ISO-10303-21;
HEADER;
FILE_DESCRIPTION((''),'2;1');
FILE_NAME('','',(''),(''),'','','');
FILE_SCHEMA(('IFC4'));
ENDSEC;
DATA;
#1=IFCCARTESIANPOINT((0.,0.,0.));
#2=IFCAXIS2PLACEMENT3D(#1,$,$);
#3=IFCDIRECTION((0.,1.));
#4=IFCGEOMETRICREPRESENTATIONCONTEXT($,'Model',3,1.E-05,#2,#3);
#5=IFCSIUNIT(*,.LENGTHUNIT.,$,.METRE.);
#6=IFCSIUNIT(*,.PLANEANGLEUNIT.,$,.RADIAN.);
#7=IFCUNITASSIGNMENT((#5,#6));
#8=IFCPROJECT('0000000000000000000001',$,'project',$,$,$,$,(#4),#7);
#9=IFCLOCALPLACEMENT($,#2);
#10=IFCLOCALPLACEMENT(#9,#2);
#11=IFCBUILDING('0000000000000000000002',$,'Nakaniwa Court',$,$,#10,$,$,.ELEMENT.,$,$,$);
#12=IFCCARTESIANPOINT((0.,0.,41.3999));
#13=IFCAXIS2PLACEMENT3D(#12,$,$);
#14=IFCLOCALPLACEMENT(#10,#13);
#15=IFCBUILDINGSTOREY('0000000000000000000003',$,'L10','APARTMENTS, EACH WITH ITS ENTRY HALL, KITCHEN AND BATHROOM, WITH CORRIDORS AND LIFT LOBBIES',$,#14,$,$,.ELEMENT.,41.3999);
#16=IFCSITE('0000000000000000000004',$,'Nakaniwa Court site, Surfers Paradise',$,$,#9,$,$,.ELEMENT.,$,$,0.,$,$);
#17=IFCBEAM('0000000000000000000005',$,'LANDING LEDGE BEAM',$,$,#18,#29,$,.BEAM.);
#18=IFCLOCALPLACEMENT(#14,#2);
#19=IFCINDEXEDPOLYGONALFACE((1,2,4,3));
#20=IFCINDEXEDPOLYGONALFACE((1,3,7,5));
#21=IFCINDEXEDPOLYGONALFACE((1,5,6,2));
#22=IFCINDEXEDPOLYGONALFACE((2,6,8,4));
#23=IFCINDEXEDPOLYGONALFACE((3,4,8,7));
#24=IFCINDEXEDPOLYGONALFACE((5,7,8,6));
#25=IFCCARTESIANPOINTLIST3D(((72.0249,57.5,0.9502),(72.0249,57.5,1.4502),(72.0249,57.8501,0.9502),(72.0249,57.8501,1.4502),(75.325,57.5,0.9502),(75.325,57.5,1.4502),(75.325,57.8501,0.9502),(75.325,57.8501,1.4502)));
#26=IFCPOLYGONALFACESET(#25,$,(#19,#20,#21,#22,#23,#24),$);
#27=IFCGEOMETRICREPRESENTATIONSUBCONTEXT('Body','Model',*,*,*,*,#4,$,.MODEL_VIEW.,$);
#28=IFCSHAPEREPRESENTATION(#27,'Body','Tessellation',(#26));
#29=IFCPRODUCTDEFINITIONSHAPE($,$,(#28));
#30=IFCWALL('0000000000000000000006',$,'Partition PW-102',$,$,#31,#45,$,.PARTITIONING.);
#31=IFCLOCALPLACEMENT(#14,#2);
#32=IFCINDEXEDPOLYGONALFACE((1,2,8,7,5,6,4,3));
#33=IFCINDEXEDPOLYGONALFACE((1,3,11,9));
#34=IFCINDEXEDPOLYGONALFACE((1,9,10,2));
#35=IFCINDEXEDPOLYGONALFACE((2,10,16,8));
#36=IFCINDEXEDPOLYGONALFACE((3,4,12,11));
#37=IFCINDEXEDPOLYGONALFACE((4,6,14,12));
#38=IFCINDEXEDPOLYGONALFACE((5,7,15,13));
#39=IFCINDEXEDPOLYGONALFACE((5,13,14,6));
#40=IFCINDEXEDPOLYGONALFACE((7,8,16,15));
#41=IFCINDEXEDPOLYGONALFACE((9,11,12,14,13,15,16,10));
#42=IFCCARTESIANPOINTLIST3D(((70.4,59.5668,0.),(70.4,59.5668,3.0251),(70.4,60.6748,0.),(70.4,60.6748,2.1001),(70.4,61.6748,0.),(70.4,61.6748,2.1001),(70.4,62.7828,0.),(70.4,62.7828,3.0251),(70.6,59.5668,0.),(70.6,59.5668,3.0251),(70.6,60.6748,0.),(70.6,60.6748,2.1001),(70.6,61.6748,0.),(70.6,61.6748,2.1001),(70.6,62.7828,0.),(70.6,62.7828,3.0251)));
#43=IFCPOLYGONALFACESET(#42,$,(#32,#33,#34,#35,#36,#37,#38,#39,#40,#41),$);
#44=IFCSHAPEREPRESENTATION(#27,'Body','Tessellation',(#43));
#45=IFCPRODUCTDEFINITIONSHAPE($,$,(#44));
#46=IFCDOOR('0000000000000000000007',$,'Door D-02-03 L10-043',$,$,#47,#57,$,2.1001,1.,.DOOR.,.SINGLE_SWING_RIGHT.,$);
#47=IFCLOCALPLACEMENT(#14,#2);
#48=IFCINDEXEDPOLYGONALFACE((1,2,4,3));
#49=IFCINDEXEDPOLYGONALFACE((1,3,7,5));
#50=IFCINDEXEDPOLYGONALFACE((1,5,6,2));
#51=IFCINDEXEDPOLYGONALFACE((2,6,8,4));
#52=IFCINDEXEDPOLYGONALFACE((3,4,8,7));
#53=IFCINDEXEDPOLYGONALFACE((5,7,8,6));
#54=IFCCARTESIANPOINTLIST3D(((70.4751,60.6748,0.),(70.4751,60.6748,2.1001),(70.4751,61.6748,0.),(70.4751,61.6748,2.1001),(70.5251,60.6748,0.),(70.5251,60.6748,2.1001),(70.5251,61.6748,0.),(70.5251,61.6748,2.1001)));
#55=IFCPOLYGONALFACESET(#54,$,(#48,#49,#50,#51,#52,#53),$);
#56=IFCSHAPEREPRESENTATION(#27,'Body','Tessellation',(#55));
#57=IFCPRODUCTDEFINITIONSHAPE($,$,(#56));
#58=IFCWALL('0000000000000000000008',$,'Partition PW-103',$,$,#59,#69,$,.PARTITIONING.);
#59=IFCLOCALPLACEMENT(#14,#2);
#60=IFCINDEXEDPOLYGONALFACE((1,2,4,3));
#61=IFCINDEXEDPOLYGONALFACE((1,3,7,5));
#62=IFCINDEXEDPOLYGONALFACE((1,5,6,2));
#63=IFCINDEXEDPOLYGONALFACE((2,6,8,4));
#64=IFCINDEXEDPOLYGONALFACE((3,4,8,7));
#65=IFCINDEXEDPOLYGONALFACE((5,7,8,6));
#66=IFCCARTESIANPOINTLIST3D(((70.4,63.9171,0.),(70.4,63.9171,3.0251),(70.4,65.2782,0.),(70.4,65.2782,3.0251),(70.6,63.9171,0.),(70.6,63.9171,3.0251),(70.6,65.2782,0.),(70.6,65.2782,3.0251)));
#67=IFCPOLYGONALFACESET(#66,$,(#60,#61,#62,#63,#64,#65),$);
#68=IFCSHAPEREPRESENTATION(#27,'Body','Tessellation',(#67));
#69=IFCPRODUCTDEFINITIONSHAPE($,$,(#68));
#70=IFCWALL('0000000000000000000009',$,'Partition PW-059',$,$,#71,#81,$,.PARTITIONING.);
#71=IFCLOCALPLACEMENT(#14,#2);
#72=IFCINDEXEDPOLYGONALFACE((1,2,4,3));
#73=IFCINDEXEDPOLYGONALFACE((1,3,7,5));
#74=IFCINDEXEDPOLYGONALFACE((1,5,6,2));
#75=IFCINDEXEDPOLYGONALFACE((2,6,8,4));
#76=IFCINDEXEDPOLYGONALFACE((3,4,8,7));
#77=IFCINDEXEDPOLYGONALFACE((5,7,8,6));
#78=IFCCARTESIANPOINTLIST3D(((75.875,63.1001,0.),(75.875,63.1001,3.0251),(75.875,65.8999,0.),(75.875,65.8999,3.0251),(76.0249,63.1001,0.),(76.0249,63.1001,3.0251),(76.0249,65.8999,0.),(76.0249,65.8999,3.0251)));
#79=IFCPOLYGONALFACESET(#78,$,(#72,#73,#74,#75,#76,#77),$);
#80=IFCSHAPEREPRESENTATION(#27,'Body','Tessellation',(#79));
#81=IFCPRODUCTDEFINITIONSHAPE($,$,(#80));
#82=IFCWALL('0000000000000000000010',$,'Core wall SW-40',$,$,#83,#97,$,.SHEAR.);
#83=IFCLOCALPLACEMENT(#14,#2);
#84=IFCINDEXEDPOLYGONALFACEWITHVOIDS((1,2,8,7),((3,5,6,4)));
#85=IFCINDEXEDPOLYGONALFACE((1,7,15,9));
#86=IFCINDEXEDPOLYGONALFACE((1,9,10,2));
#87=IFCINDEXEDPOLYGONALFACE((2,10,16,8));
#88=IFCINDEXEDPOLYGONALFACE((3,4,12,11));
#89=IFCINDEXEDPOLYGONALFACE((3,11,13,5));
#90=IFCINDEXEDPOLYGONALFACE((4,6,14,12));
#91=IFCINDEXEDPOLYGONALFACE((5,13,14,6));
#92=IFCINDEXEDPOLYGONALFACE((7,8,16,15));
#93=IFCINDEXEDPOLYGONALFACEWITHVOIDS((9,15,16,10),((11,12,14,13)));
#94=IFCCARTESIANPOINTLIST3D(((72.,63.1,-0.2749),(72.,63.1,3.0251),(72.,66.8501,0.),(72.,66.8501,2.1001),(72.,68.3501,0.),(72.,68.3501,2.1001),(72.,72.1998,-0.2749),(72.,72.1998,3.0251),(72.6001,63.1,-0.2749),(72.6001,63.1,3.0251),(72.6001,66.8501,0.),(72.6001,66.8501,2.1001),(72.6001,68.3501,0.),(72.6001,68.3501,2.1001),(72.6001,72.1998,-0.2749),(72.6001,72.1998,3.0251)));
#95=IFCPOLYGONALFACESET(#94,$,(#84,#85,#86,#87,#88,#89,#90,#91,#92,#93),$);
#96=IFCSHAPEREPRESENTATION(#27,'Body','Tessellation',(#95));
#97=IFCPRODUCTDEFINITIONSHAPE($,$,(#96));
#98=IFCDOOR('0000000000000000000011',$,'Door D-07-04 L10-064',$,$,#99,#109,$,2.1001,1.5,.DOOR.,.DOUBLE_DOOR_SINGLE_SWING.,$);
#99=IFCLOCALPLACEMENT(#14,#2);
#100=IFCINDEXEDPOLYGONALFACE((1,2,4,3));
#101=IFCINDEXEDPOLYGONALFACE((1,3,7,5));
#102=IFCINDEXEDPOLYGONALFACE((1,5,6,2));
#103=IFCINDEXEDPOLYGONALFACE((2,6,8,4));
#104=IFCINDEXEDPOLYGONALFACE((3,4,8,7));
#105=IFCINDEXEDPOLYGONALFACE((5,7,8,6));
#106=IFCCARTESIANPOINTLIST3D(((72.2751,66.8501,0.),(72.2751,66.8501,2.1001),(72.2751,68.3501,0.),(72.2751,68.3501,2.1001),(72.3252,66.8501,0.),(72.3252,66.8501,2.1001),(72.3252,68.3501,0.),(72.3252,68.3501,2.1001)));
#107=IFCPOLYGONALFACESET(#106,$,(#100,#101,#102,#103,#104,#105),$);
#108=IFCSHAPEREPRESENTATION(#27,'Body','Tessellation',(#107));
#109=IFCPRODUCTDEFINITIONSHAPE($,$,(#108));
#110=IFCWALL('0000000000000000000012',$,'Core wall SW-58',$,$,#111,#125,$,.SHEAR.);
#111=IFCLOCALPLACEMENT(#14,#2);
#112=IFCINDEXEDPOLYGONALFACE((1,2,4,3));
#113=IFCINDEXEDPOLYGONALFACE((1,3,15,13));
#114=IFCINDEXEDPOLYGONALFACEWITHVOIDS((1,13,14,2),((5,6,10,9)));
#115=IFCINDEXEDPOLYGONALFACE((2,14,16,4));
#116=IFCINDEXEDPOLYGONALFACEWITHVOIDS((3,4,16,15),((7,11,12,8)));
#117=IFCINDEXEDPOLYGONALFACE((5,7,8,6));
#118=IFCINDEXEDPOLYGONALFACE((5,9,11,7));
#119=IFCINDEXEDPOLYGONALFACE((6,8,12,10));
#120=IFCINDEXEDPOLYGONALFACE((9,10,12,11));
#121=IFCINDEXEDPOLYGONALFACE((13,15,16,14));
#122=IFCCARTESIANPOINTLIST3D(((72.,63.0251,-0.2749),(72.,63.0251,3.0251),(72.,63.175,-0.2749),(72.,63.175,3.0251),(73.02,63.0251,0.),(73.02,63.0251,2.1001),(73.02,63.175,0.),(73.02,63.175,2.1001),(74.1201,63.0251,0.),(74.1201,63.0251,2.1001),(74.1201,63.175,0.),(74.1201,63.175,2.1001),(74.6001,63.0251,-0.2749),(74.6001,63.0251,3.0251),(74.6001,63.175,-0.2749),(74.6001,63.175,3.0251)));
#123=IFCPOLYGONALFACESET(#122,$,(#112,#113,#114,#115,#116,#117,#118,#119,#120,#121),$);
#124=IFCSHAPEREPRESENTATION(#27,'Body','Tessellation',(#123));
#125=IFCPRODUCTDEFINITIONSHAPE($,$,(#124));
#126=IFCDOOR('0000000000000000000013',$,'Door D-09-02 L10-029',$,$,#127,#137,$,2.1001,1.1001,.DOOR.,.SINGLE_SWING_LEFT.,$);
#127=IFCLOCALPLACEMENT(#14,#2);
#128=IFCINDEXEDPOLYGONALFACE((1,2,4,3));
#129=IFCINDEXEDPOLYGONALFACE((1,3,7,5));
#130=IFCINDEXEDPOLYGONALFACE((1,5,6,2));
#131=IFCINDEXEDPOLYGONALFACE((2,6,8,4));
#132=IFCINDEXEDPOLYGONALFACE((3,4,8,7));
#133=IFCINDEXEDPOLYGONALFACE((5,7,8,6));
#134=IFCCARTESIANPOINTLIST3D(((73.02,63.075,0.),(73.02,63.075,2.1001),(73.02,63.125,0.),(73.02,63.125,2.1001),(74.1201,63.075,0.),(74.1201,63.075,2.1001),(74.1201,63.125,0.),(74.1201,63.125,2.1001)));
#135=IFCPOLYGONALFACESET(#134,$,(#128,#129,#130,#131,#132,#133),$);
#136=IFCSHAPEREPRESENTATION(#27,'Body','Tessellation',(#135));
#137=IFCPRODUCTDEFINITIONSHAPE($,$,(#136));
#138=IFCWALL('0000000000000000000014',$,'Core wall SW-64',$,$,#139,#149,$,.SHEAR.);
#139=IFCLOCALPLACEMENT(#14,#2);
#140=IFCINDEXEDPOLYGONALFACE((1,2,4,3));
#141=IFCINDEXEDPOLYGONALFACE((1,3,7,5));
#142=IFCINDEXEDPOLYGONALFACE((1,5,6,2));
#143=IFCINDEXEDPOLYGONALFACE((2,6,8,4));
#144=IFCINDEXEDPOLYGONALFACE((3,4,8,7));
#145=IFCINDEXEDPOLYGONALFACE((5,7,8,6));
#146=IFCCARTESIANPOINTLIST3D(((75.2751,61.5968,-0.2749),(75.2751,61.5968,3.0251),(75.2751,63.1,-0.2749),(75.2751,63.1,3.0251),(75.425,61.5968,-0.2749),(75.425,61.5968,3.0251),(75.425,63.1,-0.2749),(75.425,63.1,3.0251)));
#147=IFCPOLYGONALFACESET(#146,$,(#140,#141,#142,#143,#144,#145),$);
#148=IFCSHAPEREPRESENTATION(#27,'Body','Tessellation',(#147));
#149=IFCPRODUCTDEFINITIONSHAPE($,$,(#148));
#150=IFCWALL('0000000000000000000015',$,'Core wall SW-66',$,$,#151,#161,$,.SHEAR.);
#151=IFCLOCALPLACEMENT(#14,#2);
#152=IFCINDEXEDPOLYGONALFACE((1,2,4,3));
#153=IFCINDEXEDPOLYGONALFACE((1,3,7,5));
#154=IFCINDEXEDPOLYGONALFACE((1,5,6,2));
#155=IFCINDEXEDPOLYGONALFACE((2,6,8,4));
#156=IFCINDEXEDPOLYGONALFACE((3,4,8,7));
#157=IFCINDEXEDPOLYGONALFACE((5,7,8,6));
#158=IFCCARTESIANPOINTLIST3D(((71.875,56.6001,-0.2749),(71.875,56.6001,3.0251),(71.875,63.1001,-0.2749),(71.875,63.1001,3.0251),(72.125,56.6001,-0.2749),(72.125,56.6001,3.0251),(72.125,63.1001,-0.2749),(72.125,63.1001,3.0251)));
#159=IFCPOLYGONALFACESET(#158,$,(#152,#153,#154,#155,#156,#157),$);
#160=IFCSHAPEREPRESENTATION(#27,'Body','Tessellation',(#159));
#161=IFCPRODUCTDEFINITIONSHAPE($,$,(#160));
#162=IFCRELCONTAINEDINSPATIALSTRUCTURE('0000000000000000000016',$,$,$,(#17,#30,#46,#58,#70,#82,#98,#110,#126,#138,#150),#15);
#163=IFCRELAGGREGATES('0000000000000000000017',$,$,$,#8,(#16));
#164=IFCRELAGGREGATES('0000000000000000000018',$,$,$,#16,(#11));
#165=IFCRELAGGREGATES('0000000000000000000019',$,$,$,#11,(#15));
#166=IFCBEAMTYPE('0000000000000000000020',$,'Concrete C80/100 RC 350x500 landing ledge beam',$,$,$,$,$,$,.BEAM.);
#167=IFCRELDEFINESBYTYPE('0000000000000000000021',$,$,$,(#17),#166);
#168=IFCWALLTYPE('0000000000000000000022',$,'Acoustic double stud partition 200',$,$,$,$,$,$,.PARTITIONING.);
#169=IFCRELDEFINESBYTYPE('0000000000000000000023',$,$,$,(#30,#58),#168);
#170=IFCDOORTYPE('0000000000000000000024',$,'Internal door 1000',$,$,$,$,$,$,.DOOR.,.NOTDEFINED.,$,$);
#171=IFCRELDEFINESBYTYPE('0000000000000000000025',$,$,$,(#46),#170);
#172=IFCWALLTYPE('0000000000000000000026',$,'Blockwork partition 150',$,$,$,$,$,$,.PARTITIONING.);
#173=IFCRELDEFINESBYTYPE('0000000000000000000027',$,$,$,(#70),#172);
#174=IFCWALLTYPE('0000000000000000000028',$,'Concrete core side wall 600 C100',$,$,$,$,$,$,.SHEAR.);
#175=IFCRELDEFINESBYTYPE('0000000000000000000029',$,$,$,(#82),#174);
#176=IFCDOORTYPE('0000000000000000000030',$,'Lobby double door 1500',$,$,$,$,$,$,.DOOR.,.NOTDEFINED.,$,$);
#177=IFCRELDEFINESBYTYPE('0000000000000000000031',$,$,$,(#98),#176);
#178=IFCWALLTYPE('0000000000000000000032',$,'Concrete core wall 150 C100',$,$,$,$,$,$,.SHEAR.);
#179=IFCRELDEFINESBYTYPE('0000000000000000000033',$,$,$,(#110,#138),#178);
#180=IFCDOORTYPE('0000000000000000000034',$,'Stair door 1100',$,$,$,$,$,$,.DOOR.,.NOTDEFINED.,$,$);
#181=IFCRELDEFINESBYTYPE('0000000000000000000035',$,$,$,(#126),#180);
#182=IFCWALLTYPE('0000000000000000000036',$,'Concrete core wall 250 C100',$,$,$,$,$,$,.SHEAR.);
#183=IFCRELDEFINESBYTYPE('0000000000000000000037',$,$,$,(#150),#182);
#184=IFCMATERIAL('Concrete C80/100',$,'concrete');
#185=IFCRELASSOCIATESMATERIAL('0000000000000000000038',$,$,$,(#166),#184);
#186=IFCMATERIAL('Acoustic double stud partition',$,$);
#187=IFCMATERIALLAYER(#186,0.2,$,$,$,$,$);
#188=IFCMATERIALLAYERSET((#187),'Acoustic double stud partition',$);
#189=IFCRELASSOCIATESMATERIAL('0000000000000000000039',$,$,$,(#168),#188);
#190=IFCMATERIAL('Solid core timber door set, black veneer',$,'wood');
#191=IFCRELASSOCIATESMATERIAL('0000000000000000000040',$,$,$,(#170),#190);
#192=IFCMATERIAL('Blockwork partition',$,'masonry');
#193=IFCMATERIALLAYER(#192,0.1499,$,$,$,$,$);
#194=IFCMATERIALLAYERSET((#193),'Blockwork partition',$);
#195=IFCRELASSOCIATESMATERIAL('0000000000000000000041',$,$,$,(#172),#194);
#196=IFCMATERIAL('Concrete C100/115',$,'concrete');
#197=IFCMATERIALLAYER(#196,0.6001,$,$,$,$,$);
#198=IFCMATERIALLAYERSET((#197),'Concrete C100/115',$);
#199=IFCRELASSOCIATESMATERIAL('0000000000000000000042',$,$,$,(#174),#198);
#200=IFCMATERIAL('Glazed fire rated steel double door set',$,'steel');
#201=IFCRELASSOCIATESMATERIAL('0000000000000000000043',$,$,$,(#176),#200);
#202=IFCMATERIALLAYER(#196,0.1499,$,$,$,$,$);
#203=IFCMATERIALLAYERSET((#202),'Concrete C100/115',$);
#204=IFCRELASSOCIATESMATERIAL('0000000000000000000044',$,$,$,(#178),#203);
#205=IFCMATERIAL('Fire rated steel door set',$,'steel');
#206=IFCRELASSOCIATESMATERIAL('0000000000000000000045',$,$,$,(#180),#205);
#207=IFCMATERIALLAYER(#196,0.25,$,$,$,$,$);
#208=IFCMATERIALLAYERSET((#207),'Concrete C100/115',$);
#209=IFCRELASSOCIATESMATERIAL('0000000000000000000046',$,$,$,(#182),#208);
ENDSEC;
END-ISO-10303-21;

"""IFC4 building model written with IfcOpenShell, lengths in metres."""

from ifc_helpers import new_model, si_unit, direction, frame, frame_2d, origin, origin_2d, place, context, subcontext, project, spatial, rectangle, extrude, material, layer, layer_set, material_profile, profile_set, type_object, element, fill, save


model = new_model("IFC4")

# Units and contexts
model_context = context("Model", 3, precision=1e-05, world=origin(), true_north=direction((0.0, 1.0)))
body_context = subcontext(model_context, "Body", "Model", "MODEL_VIEW")
ifc_project = project(units=[si_unit("LENGTHUNIT", "METRE"), si_unit("PLANEANGLEUNIT", "RADIAN")], contexts=[model_context])

# Site, building, storey
site_placement = place(None, origin())
site = spatial("IfcSite", under=ifc_project, at=site_placement, Name="Nakaniwa Court site, Surfers Paradise", CompositionType="ELEMENT", RefElevation=0.0)
building_placement = place(site_placement, origin())
building = spatial("IfcBuilding", under=site, at=building_placement, Name="Nakaniwa Court", CompositionType="ELEMENT")
storey_placement = place(building_placement, frame((0.0, 0.0, 41.3999)))
storey = spatial("IfcBuildingStorey", under=building, at=storey_placement, Name="L10", Description="APARTMENTS, EACH WITH ITS ENTRY HALL, KITCHEN AND BATHROOM, WITH CORRIDORS AND LIFT LOBBIES", CompositionType="ELEMENT", Elevation=41.3999)

# Beam
ifc_material_1 = material(Name="Concrete C80/100", Category="concrete")
ifc_material_profile = material_profile(ifc_material_1, rectangle(XDim=0.3501, YDim=0.5, at=origin_2d()), Name="Concrete C80/100 RC 350x500 landing ledge beam")
ifc_profile_set = profile_set([ifc_material_profile], Name="Concrete C80/100")
beam_type = type_object("IfcBeamType", Name="Concrete C80/100 RC 350x500 landing ledge beam", PredefinedType="BEAM", material=ifc_profile_set)
beam_placement = place(storey_placement, frame((72.0249, 57.675, 1.2002), z_axis=(1.0, 0.0, 0.0), x_axis=(0.0, 1.0, 0.0)))
element("IfcBeam", 1, at=beam_placement, inside=storey, type_object=beam_type, Name="LANDING LEDGE BEAM", PredefinedType="BEAM", context=body_context, shape_type="SweptSolid", body=[
    extrude(rectangle(XDim=0.3501, YDim=0.5, at=origin_2d()), origin(), (0.0, 0.0, 1.0), 3.3),
])

# Wall, opening, door
ifc_material_2 = material(Name="Acoustic double stud partition")
ifc_layer_1 = layer(ifc_material_2, 0.2)
ifc_layer_set_1 = layer_set([ifc_layer_1], Name="Acoustic double stud partition")
wall_type_1 = type_object("IfcWallType", Name="Acoustic double stud partition 200", PredefinedType="PARTITIONING", material=ifc_layer_set_1)
wall_1_placement = place(storey_placement, frame((70.5, 59.5669, 0.0), z_axis=(0.0, 0.0, 1.0), x_axis=(0.0, 1.0, 0.0)))
wall_1 = element("IfcWall", 2, at=wall_1_placement, inside=storey, type_object=wall_type_1, Name="Partition PW-102", PredefinedType="PARTITIONING", context=body_context, shape_type="SweptSolid", body=[
    extrude(rectangle(XDim=3.2161, YDim=0.2, at=frame_2d((1.6079, 0.0))), origin(), (0.0, 0.0, 1.0), 3.0251),
])
opening_1_placement = place(wall_1_placement, frame((1.1079, 0.0, 0.0)))
opening_1 = element("IfcOpeningElement", 3, at=opening_1_placement, cuts=wall_1, PredefinedType="OPENING", context=body_context, shape_type="SweptSolid", body=[
    extrude(rectangle(XDim=1.0, YDim=2.1001, at=frame_2d((0.5, 1.05))), frame((0.0, 0.1099, 0.0), z_axis=(0.0, -1.0, 0.0), x_axis=(1.0, 0.0, 0.0)), (0.0, 0.0, 1.0), 0.22),
])
ifc_material_3 = material(Name="Solid core timber door set, black veneer", Category="wood")
door_type_1 = type_object("IfcDoorType", Name="Internal door 1000", OperationType="NOTDEFINED", PredefinedType="DOOR", material=ifc_material_3)
door_1_placement = place(opening_1_placement, origin())
door_1 = element("IfcDoor", 4, at=door_1_placement, inside=storey, type_object=door_type_1, Name="Door D-02-03 L10-043", OperationType="SINGLE_SWING_RIGHT", OverallHeight=2.1001, OverallWidth=1.0, PredefinedType="DOOR", context=body_context, shape_type="SweptSolid", body=[
    extrude(rectangle(XDim=1.0, YDim=2.1001, at=frame_2d((0.5, 1.05))), frame((0.0, 0.0249, 0.0), z_axis=(0.0, -1.0, 0.0), x_axis=(1.0, 0.0, 0.0)), (0.0, 0.0, 1.0), 0.05),
])
fill(opening_1, door_1)

# Walls
wall_2_placement = place(storey_placement, frame((70.5, 63.917, 0.0), z_axis=(0.0, 0.0, 1.0), x_axis=(0.0, 1.0, 0.0)))
element("IfcWall", 5, at=wall_2_placement, inside=storey, type_object=wall_type_1, Name="Partition PW-103", PredefinedType="PARTITIONING", context=body_context, shape_type="SweptSolid", body=[
    extrude(rectangle(XDim=1.3611, YDim=0.2, at=frame_2d((0.6807, 0.0))), origin(), (0.0, 0.0, 1.0), 3.0251),
])
ifc_material_4 = material(Name="Blockwork partition", Category="masonry")
ifc_layer_2 = layer(ifc_material_4, 0.1499)
ifc_layer_set_2 = layer_set([ifc_layer_2], Name="Blockwork partition")
wall_type_2 = type_object("IfcWallType", Name="Blockwork partition 150", PredefinedType="PARTITIONING", material=ifc_layer_set_2)
wall_3_placement = place(storey_placement, frame((75.95, 63.1001, 0.0), z_axis=(0.0, 0.0, 1.0), x_axis=(0.0, 1.0, 0.0)))
element("IfcWall", 6, at=wall_3_placement, inside=storey, type_object=wall_type_2, Name="Partition PW-059", PredefinedType="PARTITIONING", context=body_context, shape_type="SweptSolid", body=[
    extrude(rectangle(XDim=2.7998, YDim=0.1499, at=frame_2d((1.3999, 0.0))), origin(), (0.0, 0.0, 1.0), 3.0251),
])

# Walls, openings, doors
ifc_material_5 = material(Name="Concrete C100/115", Category="concrete")
ifc_layer_3 = layer(ifc_material_5, 0.6001)
ifc_layer_set_3 = layer_set([ifc_layer_3], Name="Concrete C100/115")
wall_type_3 = type_object("IfcWallType", Name="Concrete core side wall 600 C100", PredefinedType="SHEAR", material=ifc_layer_set_3)
wall_4_placement = place(storey_placement, frame((72.3, 63.1001, -0.2749), z_axis=(0.0, 0.0, 1.0), x_axis=(0.0, 1.0, 0.0)))
wall_4 = element("IfcWall", 7, at=wall_4_placement, inside=storey, type_object=wall_type_3, Name="Core wall SW-40", PredefinedType="SHEAR", context=body_context, shape_type="SweptSolid", body=[
    extrude(rectangle(XDim=9.0999, YDim=0.6001, at=frame_2d((4.5498, 0.0))), origin(), (0.0, 0.0, 1.0), 3.3),
])
opening_2_placement = place(wall_4_placement, frame((3.75, 0.0, 0.2749)))
opening_2 = element("IfcOpeningElement", 8, at=opening_2_placement, cuts=wall_4, PredefinedType="OPENING", context=body_context, shape_type="SweptSolid", body=[
    extrude(rectangle(XDim=1.5, YDim=2.1001, at=frame_2d((0.75, 1.05))), frame((0.0, 0.3101, 0.0), z_axis=(0.0, -1.0, 0.0), x_axis=(1.0, 0.0, 0.0)), (0.0, 0.0, 1.0), 0.6201),
])
ifc_material_6 = material(Name="Glazed fire rated steel double door set", Category="steel")
door_type_2 = type_object("IfcDoorType", Name="Lobby double door 1500", OperationType="NOTDEFINED", PredefinedType="DOOR", material=ifc_material_6)
door_2_placement = place(opening_2_placement, origin())
door_2 = element("IfcDoor", 9, at=door_2_placement, inside=storey, type_object=door_type_2, Name="Door D-07-04 L10-064", OperationType="DOUBLE_DOOR_SINGLE_SWING", OverallHeight=2.1001, OverallWidth=1.5, PredefinedType="DOOR", context=body_context, shape_type="SweptSolid", body=[
    extrude(rectangle(XDim=1.5, YDim=2.1001, at=frame_2d((0.75, 1.05))), frame((0.0, 0.0249, 0.0), z_axis=(0.0, -1.0, 0.0), x_axis=(1.0, 0.0, 0.0)), (0.0, 0.0, 1.0), 0.05),
])
fill(opening_2, door_2)
ifc_layer_4 = layer(ifc_material_5, 0.1499)
ifc_layer_set_4 = layer_set([ifc_layer_4], Name="Concrete C100/115")
wall_type_4 = type_object("IfcWallType", Name="Concrete core wall 150 C100", PredefinedType="SHEAR", material=ifc_layer_set_4)
wall_5_placement = place(storey_placement, frame((72.0, 63.1001, -0.2749), z_axis=(0.0, 0.0, 1.0), x_axis=(1.0, 0.0, 0.0)))
wall_5 = element("IfcWall", 10, at=wall_5_placement, inside=storey, type_object=wall_type_4, Name="Core wall SW-58", PredefinedType="SHEAR", context=body_context, shape_type="SweptSolid", body=[
    extrude(rectangle(XDim=2.6001, YDim=0.1499, at=frame_2d((1.3, 0.0))), origin(), (0.0, 0.0, 1.0), 3.3),
])
opening_3_placement = place(wall_5_placement, frame((1.02, 0.0, 0.2749)))
opening_3 = element("IfcOpeningElement", 11, at=opening_3_placement, cuts=wall_5, PredefinedType="OPENING", context=body_context, shape_type="SweptSolid", body=[
    extrude(rectangle(XDim=1.1001, YDim=2.1001, at=frame_2d((0.55, 1.05))), frame((0.0, 0.085, 0.0), z_axis=(0.0, -1.0, 0.0), x_axis=(1.0, 0.0, 0.0)), (0.0, 0.0, 1.0), 0.1699),
])
ifc_material_7 = material(Name="Fire rated steel door set", Category="steel")
door_type_3 = type_object("IfcDoorType", Name="Stair door 1100", OperationType="NOTDEFINED", PredefinedType="DOOR", material=ifc_material_7)
door_3_placement = place(opening_3_placement, origin())
door_3 = element("IfcDoor", 12, at=door_3_placement, inside=storey, type_object=door_type_3, Name="Door D-09-02 L10-029", OperationType="SINGLE_SWING_LEFT", OverallHeight=2.1001, OverallWidth=1.1001, PredefinedType="DOOR", context=body_context, shape_type="SweptSolid", body=[
    extrude(rectangle(XDim=1.1001, YDim=2.1001, at=frame_2d((0.55, 1.05))), frame((0.0, 0.0249, 0.0), z_axis=(0.0, -1.0, 0.0), x_axis=(1.0, 0.0, 0.0)), (0.0, 0.0, 1.0), 0.05),
])
fill(opening_3, door_3)

# Walls
wall_6_placement = place(storey_placement, frame((75.3501, 61.5969, -0.2749), z_axis=(0.0, 0.0, 1.0), x_axis=(0.0, 1.0, 0.0)))
element("IfcWall", 13, at=wall_6_placement, inside=storey, type_object=wall_type_4, Name="Core wall SW-64", PredefinedType="SHEAR", context=body_context, shape_type="SweptSolid", body=[
    extrude(rectangle(XDim=1.5032, YDim=0.1499, at=frame_2d((0.7515, 0.0))), origin(), (0.0, 0.0, 1.0), 3.3),
])
ifc_layer_5 = layer(ifc_material_5, 0.25)
ifc_layer_set_5 = layer_set([ifc_layer_5], Name="Concrete C100/115")
wall_type_5 = type_object("IfcWallType", Name="Concrete core wall 250 C100", PredefinedType="SHEAR", material=ifc_layer_set_5)
wall_7_placement = place(storey_placement, frame((72.0, 56.6001, -0.2749), z_axis=(0.0, 0.0, 1.0), x_axis=(0.0, 1.0, 0.0)))
element("IfcWall", 14, at=wall_7_placement, inside=storey, type_object=wall_type_5, Name="Core wall SW-66", PredefinedType="SHEAR", context=body_context, shape_type="SweptSolid", body=[
    extrude(rectangle(XDim=6.5, YDim=0.25, at=frame_2d((3.25, 0.0))), origin(), (0.0, 0.0, 1.0), 3.3),
])

save(model, "model.ifc")
